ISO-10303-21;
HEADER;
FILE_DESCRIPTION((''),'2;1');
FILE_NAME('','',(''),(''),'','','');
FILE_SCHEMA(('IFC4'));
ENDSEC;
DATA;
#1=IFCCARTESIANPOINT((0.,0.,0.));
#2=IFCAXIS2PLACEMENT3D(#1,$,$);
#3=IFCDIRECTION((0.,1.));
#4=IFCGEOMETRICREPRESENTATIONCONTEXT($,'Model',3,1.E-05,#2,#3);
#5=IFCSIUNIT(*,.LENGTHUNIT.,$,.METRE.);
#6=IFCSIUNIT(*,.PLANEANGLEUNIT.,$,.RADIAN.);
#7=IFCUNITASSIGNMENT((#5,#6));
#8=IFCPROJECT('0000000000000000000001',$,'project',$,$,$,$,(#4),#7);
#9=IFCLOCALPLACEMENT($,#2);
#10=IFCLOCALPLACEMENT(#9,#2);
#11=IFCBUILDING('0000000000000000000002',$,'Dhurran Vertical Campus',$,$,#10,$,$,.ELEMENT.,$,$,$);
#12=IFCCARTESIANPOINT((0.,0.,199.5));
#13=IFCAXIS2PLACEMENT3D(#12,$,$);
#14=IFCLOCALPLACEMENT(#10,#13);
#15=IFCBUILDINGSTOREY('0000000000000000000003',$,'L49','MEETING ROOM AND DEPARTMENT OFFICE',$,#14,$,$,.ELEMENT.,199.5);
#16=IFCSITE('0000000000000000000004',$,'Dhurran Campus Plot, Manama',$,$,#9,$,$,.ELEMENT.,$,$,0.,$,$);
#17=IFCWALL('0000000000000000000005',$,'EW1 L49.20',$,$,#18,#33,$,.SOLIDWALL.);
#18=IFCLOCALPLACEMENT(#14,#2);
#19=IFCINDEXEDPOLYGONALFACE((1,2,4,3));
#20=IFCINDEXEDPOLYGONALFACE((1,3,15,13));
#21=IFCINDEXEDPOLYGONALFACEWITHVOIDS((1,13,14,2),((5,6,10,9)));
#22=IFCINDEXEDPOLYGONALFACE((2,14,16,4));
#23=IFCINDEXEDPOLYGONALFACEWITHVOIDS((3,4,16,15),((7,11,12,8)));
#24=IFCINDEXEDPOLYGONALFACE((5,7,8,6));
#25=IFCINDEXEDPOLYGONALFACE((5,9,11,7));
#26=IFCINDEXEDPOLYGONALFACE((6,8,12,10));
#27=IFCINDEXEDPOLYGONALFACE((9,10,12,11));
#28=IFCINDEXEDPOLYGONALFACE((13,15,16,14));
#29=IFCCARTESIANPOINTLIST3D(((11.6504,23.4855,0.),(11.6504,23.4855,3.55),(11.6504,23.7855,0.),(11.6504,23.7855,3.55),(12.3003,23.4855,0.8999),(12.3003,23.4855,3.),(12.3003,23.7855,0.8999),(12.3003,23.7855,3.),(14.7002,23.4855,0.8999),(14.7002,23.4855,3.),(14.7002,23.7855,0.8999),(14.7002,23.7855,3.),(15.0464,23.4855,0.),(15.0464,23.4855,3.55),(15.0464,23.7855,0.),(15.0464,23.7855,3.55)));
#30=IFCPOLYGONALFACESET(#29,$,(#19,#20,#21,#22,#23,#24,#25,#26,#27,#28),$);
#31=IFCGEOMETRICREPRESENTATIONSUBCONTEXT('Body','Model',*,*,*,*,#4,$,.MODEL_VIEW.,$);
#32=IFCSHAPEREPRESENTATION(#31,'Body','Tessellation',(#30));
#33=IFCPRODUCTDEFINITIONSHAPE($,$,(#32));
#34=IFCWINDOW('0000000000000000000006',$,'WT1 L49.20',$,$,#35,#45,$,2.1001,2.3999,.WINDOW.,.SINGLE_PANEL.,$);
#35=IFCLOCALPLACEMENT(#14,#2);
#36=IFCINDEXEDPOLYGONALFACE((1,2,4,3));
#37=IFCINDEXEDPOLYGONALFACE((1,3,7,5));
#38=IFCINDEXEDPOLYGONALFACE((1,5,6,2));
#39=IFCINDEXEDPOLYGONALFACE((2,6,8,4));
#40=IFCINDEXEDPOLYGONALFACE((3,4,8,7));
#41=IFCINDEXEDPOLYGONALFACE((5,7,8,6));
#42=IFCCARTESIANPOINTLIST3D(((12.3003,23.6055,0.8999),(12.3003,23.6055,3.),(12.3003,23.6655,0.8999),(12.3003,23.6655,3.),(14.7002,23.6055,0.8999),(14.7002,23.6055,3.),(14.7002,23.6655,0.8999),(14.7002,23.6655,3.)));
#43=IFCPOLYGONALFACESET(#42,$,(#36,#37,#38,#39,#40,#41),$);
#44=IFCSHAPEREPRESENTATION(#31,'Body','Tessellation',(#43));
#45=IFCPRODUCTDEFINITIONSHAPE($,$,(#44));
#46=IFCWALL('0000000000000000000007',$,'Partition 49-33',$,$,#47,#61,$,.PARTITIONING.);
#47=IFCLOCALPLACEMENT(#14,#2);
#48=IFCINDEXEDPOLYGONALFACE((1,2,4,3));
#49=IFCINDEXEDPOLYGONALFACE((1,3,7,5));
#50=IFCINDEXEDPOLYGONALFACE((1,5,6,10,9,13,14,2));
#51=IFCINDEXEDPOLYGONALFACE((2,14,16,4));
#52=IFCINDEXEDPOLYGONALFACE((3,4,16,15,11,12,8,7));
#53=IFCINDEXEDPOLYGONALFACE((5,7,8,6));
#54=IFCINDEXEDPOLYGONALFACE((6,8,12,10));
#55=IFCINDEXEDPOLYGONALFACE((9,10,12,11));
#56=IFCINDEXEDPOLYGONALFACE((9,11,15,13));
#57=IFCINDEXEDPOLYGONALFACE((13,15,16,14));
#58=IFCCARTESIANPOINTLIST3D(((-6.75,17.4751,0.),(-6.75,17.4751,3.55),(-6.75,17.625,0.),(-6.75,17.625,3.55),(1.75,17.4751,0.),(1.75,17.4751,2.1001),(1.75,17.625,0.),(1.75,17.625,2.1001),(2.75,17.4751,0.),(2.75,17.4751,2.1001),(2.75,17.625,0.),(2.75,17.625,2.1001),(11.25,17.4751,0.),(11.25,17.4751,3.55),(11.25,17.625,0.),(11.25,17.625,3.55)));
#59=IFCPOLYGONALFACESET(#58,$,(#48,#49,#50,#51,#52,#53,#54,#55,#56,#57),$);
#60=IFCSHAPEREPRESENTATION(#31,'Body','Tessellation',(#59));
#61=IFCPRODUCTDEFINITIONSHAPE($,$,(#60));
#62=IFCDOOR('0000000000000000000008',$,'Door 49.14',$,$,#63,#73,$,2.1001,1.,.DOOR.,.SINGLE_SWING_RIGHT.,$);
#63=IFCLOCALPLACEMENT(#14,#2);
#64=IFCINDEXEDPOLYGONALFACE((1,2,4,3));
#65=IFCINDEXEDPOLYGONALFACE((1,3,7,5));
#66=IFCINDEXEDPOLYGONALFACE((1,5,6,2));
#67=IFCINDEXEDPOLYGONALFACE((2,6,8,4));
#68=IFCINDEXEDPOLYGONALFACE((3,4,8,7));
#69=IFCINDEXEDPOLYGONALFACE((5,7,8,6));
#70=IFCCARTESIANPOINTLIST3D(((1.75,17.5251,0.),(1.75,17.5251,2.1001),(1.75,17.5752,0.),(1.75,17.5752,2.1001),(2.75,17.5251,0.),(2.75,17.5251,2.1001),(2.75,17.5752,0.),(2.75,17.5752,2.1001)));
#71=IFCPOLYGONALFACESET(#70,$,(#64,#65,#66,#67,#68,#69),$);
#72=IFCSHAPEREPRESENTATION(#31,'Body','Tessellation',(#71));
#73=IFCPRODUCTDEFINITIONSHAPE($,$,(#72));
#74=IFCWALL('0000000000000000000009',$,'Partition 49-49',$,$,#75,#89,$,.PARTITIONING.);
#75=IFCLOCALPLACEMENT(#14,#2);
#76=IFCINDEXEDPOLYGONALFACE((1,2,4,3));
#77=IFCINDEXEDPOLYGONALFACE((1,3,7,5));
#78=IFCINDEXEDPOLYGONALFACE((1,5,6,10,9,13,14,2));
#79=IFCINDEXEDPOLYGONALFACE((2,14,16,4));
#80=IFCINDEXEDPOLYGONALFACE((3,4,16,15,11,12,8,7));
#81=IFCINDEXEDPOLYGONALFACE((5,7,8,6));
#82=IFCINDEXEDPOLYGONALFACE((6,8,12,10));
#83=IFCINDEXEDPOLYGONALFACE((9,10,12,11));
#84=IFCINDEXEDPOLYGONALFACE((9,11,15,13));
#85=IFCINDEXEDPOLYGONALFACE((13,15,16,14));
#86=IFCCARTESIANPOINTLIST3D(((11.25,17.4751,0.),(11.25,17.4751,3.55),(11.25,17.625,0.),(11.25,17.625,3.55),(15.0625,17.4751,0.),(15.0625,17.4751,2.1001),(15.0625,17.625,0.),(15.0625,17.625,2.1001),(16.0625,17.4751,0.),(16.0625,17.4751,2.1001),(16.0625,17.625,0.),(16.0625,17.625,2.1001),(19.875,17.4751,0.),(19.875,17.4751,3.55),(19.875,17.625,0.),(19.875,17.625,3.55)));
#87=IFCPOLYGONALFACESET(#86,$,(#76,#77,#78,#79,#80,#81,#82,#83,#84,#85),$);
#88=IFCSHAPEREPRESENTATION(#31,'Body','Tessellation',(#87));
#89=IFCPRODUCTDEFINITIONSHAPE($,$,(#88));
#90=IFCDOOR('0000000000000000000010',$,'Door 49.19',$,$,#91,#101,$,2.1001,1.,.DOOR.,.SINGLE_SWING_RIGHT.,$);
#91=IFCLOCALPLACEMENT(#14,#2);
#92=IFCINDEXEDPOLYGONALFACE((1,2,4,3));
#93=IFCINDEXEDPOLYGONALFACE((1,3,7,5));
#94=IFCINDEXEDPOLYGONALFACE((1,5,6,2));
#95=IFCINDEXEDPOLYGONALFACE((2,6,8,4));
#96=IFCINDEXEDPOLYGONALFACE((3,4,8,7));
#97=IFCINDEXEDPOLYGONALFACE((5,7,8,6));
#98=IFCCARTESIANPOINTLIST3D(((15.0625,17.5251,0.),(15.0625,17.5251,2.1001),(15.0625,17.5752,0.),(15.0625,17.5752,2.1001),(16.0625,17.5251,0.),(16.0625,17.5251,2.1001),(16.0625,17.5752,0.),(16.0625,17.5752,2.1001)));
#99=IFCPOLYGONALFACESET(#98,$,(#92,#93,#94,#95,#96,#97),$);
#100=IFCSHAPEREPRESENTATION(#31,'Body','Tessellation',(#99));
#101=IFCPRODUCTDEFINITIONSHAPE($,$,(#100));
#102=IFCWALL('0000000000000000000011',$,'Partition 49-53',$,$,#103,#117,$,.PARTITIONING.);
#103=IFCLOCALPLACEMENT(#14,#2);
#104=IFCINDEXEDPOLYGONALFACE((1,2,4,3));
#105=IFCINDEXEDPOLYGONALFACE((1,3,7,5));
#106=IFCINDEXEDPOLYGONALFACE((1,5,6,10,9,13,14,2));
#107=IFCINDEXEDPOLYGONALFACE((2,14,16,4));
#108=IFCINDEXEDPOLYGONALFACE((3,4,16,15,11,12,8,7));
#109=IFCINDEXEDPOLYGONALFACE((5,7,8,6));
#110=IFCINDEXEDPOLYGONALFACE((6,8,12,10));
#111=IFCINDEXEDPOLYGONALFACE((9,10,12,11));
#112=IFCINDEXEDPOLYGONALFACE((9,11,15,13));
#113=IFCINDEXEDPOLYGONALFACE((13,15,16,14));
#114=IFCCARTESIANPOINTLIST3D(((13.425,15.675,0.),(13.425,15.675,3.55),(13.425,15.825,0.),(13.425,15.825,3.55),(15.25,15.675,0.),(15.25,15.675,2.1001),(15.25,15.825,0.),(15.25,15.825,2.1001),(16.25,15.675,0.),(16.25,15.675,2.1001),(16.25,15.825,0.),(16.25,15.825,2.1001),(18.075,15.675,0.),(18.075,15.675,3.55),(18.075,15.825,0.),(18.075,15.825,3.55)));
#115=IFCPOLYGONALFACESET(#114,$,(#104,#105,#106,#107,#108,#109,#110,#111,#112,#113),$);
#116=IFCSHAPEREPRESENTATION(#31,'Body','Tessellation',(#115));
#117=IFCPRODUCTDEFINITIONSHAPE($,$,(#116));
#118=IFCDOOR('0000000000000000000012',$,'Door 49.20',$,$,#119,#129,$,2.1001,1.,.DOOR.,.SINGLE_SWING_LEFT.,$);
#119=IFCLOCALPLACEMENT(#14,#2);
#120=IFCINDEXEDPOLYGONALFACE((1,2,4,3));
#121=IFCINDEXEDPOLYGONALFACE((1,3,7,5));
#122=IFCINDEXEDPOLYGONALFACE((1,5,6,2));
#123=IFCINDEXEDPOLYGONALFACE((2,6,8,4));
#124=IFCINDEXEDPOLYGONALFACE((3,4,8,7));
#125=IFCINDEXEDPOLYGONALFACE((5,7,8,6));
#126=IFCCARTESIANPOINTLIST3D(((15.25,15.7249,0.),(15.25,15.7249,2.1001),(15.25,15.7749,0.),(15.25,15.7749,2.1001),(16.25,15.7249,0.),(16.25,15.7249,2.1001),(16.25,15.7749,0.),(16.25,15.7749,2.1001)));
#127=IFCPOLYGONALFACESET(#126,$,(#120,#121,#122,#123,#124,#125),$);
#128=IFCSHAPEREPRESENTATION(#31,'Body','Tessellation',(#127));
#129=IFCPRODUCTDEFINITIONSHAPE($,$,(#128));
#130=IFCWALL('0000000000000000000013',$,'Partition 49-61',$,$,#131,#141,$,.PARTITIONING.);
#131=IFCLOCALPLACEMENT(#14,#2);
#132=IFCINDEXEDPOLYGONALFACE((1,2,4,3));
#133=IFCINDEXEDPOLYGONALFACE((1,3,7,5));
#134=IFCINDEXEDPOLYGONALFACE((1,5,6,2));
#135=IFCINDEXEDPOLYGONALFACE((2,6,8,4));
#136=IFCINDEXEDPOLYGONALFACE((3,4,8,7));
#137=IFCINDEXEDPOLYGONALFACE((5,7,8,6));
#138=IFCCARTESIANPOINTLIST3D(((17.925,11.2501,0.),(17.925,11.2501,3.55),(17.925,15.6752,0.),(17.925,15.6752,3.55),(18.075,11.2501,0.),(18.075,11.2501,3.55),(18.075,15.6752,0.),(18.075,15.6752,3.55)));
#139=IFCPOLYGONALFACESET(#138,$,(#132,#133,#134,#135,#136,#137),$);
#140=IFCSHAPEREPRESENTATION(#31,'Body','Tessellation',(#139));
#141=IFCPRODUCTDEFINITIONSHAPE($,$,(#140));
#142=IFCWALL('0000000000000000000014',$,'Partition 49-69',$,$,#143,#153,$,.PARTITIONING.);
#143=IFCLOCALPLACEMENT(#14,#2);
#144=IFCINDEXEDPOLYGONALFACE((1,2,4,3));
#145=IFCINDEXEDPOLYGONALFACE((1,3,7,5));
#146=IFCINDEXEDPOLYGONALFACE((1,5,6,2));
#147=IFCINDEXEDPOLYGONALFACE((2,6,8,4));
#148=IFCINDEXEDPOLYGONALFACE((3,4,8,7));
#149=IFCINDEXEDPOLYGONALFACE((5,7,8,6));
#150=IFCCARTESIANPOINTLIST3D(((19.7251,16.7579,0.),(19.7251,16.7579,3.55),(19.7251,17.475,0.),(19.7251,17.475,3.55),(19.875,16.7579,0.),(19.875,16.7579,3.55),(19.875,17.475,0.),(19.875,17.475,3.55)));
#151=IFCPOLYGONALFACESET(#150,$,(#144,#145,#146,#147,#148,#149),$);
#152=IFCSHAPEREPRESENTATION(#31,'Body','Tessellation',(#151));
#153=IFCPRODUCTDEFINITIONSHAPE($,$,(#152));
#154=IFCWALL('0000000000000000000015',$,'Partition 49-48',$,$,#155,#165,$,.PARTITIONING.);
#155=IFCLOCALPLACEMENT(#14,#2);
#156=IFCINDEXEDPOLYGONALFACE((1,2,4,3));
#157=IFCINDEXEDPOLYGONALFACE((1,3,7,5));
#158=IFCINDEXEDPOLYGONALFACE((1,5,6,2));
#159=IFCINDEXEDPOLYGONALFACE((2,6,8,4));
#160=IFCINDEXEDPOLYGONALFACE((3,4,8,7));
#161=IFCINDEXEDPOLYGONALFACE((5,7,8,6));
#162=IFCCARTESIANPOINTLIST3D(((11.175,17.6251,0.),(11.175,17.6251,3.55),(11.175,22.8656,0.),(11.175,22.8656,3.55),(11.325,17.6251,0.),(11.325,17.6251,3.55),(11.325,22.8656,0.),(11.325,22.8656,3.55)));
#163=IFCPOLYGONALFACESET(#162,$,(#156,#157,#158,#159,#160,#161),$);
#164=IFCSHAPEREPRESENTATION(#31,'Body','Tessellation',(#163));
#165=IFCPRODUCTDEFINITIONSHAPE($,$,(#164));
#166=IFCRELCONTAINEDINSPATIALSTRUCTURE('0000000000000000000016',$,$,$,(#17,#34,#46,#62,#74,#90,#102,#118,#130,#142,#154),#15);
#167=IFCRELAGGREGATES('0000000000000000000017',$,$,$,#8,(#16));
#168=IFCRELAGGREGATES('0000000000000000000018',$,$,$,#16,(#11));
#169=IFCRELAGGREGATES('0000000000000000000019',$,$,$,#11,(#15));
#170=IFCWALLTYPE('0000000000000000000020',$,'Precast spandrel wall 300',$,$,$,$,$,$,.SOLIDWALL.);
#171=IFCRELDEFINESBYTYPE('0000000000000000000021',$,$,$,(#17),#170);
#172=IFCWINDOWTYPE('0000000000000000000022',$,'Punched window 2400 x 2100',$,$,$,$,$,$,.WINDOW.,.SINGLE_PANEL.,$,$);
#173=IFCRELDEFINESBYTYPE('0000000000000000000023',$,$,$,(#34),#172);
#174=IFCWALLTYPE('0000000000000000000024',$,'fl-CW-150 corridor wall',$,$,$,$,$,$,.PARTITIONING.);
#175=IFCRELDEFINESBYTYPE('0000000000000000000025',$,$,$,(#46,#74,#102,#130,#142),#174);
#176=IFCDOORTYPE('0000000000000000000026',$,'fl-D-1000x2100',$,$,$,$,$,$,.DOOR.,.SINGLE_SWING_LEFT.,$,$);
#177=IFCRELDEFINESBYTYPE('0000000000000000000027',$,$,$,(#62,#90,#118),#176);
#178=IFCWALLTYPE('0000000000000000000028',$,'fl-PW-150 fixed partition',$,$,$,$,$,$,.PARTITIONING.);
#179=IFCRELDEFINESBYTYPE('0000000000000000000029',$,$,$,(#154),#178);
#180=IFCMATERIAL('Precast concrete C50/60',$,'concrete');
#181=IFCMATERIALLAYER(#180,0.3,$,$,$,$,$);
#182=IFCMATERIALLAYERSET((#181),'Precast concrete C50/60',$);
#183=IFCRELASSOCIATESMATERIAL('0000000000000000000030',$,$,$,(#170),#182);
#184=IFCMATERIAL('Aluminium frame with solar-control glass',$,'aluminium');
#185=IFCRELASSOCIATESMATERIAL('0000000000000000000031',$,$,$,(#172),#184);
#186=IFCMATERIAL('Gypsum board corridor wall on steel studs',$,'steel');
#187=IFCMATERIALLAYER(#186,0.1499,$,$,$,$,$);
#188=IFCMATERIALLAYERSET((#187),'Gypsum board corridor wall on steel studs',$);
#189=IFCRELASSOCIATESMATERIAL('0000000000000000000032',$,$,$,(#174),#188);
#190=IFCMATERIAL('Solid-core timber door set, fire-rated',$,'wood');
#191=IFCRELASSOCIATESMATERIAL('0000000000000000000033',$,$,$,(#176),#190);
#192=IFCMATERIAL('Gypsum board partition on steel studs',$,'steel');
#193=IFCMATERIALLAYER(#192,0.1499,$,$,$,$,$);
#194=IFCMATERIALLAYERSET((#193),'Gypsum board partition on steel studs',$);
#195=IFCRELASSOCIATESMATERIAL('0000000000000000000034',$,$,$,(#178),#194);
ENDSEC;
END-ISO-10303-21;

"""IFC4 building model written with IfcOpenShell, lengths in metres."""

from ifc_helpers import new_model, si_unit, direction, frame, frame_2d, origin, place, context, subcontext, project, spatial, rectangle, extrude, material, layer, layer_set, type_object, element, fill, save


model = new_model("IFC4")

# Units and contexts
model_context = context("Model", 3, precision=1e-05, world=origin(), true_north=direction((0.0, 1.0)))
body_context = subcontext(model_context, "Body", "Model", "MODEL_VIEW")
ifc_project = project(units=[si_unit("LENGTHUNIT", "METRE"), si_unit("PLANEANGLEUNIT", "RADIAN")], contexts=[model_context])

# Site, building, storey
site_placement = place(None, origin())
site = spatial("IfcSite", under=ifc_project, at=site_placement, Name="Dhurran Campus Plot, Manama", CompositionType="ELEMENT", RefElevation=0.0)
building_placement = place(site_placement, origin())
building = spatial("IfcBuilding", under=site, at=building_placement, Name="Dhurran Vertical Campus", CompositionType="ELEMENT")
storey_placement = place(building_placement, frame((0.0, 0.0, 199.5)))
storey = spatial("IfcBuildingStorey", under=building, at=storey_placement, Name="L49", Description="MEETING ROOM AND DEPARTMENT OFFICE", CompositionType="ELEMENT", Elevation=199.5)

# Wall, opening, window
ifc_material_1 = material(Name="Precast concrete C50/60", Category="concrete")
ifc_layer_1 = layer(ifc_material_1, 0.3)
ifc_layer_set_1 = layer_set([ifc_layer_1], Name="Precast concrete C50/60")
wall_type_1 = type_object("IfcWallType", Name="Precast spandrel wall 300", PredefinedType="SOLIDWALL", material=ifc_layer_set_1)
ifc_material_2 = material(Name="Aluminium frame with solar-control glass", Category="aluminium")
window_type = type_object("IfcWindowType", Name="Punched window 2400 x 2100", PartitioningType="SINGLE_PANEL", PredefinedType="WINDOW", material=ifc_material_2)
wall_1_placement = place(storey_placement, frame((15.0464, 23.6355, 0.0), z_axis=(0.0, 0.0, 1.0), x_axis=(-1.0, 0.0, 0.0)))
wall_1 = element("IfcWall", 1, at=wall_1_placement, inside=storey, type_object=wall_type_1, Name="EW1 L49.20", PredefinedType="SOLIDWALL", context=body_context, shape_type="SweptSolid", body=[
    extrude(rectangle(XDim=3.396, YDim=0.3, at=frame_2d((1.698, 0.0))), origin(), (0.0, 0.0, 1.0), 3.55),
])
opening_1_placement = place(wall_1_placement, frame((0.3462, 0.0, 0.8999)))
opening_1 = element("IfcOpeningElement", 2, at=opening_1_placement, cuts=wall_1, PredefinedType="OPENING", context=body_context, shape_type="SweptSolid", body=[
    extrude(rectangle(XDim=2.3999, YDim=2.1001, at=frame_2d((1.2, 1.05))), frame((0.0, 0.1599, 0.0), z_axis=(0.0, -1.0, 0.0), x_axis=(1.0, 0.0, 0.0)), (0.0, 0.0, 1.0), 0.3201),
])
window_1_placement = place(opening_1_placement, origin())
window_1 = element("IfcWindow", 3, at=window_1_placement, inside=storey, type_object=window_type, Name="WT1 L49.20", OverallHeight=2.1001, OverallWidth=2.3999, PartitioningType="SINGLE_PANEL", PredefinedType="WINDOW", context=body_context, shape_type="SweptSolid", body=[
    extrude(rectangle(XDim=2.3999, YDim=2.1001, at=frame_2d((1.2, 1.05))), frame((0.0, 0.03, 0.0), z_axis=(0.0, -1.0, 0.0), x_axis=(1.0, 0.0, 0.0)), (0.0, 0.0, 1.0), 0.0601),
])
fill(opening_1, window_1)

# Walls, openings, doors
ifc_material_3 = material(Name="Gypsum board corridor wall on steel studs", Category="steel")
ifc_layer_2 = layer(ifc_material_3, 0.1499)
ifc_layer_set_2 = layer_set([ifc_layer_2], Name="Gypsum board corridor wall on steel studs")
wall_type_2 = type_object("IfcWallType", Name="fl-CW-150 corridor wall", PredefinedType="PARTITIONING", material=ifc_layer_set_2)
wall_2_placement = place(storey_placement, frame((11.25, 17.55, 0.0), z_axis=(0.0, 0.0, 1.0), x_axis=(-1.0, 0.0, 0.0)))
wall_2 = element("IfcWall", 4, at=wall_2_placement, inside=storey, type_object=wall_type_2, Name="Partition 49-33", PredefinedType="PARTITIONING", context=body_context, shape_type="SweptSolid", body=[
    extrude(rectangle(XDim=18.0, YDim=0.1499, at=frame_2d((9.0, 0.0))), origin(), (0.0, 0.0, 1.0), 3.55),
])
opening_2_placement = place(wall_2_placement, frame((8.5, 0.0, 0.0)))
opening_2 = element("IfcOpeningElement", 5, at=opening_2_placement, cuts=wall_2, PredefinedType="OPENING", context=body_context, shape_type="SweptSolid", body=[
    extrude(rectangle(XDim=1.0, YDim=2.1001, at=frame_2d((0.5, 1.05))), frame((0.0, 0.085, 0.0), z_axis=(0.0, -1.0, 0.0), x_axis=(1.0, 0.0, 0.0)), (0.0, 0.0, 1.0), 0.1699),
])
ifc_material_4 = material(Name="Solid-core timber door set, fire-rated", Category="wood")
door_type = type_object("IfcDoorType", Name="fl-D-1000x2100", OperationType="SINGLE_SWING_LEFT", PredefinedType="DOOR", material=ifc_material_4)
door_1_placement = place(opening_2_placement, origin())
door_1 = element("IfcDoor", 6, at=door_1_placement, inside=storey, type_object=door_type, Name="Door 49.14", OperationType="SINGLE_SWING_RIGHT", OverallHeight=2.1001, OverallWidth=1.0, PredefinedType="DOOR", context=body_context, shape_type="SweptSolid", body=[
    extrude(rectangle(XDim=1.0, YDim=2.1001, at=frame_2d((0.5, 1.05))), frame((0.0, 0.0249, 0.0), z_axis=(0.0, -1.0, 0.0), x_axis=(1.0, 0.0, 0.0)), (0.0, 0.0, 1.0), 0.05),
])
fill(opening_2, door_1)
wall_3_placement = place(storey_placement, frame((19.875, 17.55, 0.0), z_axis=(0.0, 0.0, 1.0), x_axis=(-1.0, 0.0, 0.0)))
wall_3 = element("IfcWall", 7, at=wall_3_placement, inside=storey, type_object=wall_type_2, Name="Partition 49-49", PredefinedType="PARTITIONING", context=body_context, shape_type="SweptSolid", body=[
    extrude(rectangle(XDim=8.625, YDim=0.1499, at=frame_2d((4.3125, 0.0))), origin(), (0.0, 0.0, 1.0), 3.55),
])
opening_3_placement = place(wall_3_placement, frame((3.8125, 0.0, 0.0)))
opening_3 = element("IfcOpeningElement", 8, at=opening_3_placement, cuts=wall_3, PredefinedType="OPENING", context=body_context, shape_type="SweptSolid", body=[
    extrude(rectangle(XDim=1.0, YDim=2.1001, at=frame_2d((0.5, 1.05))), frame((0.0, 0.085, 0.0), z_axis=(0.0, -1.0, 0.0), x_axis=(1.0, 0.0, 0.0)), (0.0, 0.0, 1.0), 0.1699),
])
door_2_placement = place(opening_3_placement, origin())
door_2 = element("IfcDoor", 9, at=door_2_placement, inside=storey, type_object=door_type, Name="Door 49.19", OperationType="SINGLE_SWING_RIGHT", OverallHeight=2.1001, OverallWidth=1.0, PredefinedType="DOOR", context=body_context, shape_type="SweptSolid", body=[
    extrude(rectangle(XDim=1.0, YDim=2.1001, at=frame_2d((0.5, 1.05))), frame((0.0, 0.0249, 0.0), z_axis=(0.0, -1.0, 0.0), x_axis=(1.0, 0.0, 0.0)), (0.0, 0.0, 1.0), 0.05),
])
fill(opening_3, door_2)
wall_4_placement = place(storey_placement, frame((13.425, 15.75, 0.0), z_axis=(0.0, 0.0, 1.0), x_axis=(1.0, 0.0, 0.0)))
wall_4 = element("IfcWall", 10, at=wall_4_placement, inside=storey, type_object=wall_type_2, Name="Partition 49-53", PredefinedType="PARTITIONING", context=body_context, shape_type="SweptSolid", body=[
    extrude(rectangle(XDim=4.6499, YDim=0.1499, at=frame_2d((2.325, 0.0))), origin(), (0.0, 0.0, 1.0), 3.55),
])
opening_4_placement = place(wall_4_placement, frame((1.825, 0.0, 0.0)))
opening_4 = element("IfcOpeningElement", 11, at=opening_4_placement, cuts=wall_4, PredefinedType="OPENING", context=body_context, shape_type="SweptSolid", body=[
    extrude(rectangle(XDim=1.0, YDim=2.1001, at=frame_2d((0.5, 1.05))), frame((0.0, 0.085, 0.0), z_axis=(0.0, -1.0, 0.0), x_axis=(1.0, 0.0, 0.0)), (0.0, 0.0, 1.0), 0.1699),
])
door_3_placement = place(opening_4_placement, origin())
door_3 = element("IfcDoor", 12, at=door_3_placement, inside=storey, type_object=door_type, Name="Door 49.20", OperationType="SINGLE_SWING_LEFT", OverallHeight=2.1001, OverallWidth=1.0, PredefinedType="DOOR", context=body_context, shape_type="SweptSolid", body=[
    extrude(rectangle(XDim=1.0, YDim=2.1001, at=frame_2d((0.5, 1.05))), frame((0.0, 0.0249, 0.0), z_axis=(0.0, -1.0, 0.0), x_axis=(1.0, 0.0, 0.0)), (0.0, 0.0, 1.0), 0.05),
])
fill(opening_4, door_3)

# Walls
wall_5_placement = place(storey_placement, frame((18.0, 15.675, 0.0), z_axis=(0.0, 0.0, 1.0), x_axis=(0.0, -1.0, 0.0)))
element("IfcWall", 13, at=wall_5_placement, inside=storey, type_object=wall_type_2, Name="Partition 49-61", PredefinedType="PARTITIONING", context=body_context, shape_type="SweptSolid", body=[
    extrude(rectangle(XDim=4.425, YDim=0.1499, at=frame_2d((2.2124, 0.0))), origin(), (0.0, 0.0, 1.0), 3.55),
])
wall_6_placement = place(storey_placement, frame((19.8, 16.7581, 0.0), z_axis=(0.0, 0.0, 1.0), x_axis=(0.0, 1.0, 0.0)))
element("IfcWall", 14, at=wall_6_placement, inside=storey, type_object=wall_type_2, Name="Partition 49-69", PredefinedType="PARTITIONING", context=body_context, shape_type="SweptSolid", body=[
    extrude(rectangle(XDim=0.717, YDim=0.1499, at=frame_2d((0.3584, 0.0))), origin(), (0.0, 0.0, 1.0), 3.55),
])
ifc_material_5 = material(Name="Gypsum board partition on steel studs", Category="steel")
ifc_layer_3 = layer(ifc_material_5, 0.1499)
ifc_layer_set_3 = layer_set([ifc_layer_3], Name="Gypsum board partition on steel studs")
wall_type_3 = type_object("IfcWallType", Name="fl-PW-150 fixed partition", PredefinedType="PARTITIONING", material=ifc_layer_set_3)
wall_7_placement = place(storey_placement, frame((11.25, 22.8655, 0.0), z_axis=(0.0, 0.0, 1.0), x_axis=(0.0, -1.0, 0.0)))
element("IfcWall", 15, at=wall_7_placement, inside=storey, type_object=wall_type_3, Name="Partition 49-48", PredefinedType="PARTITIONING", context=body_context, shape_type="SweptSolid", body=[
    extrude(rectangle(XDim=5.2405, YDim=0.1499, at=frame_2d((2.6201, 0.0))), origin(), (0.0, 0.0, 1.0), 3.55),
])

save(model, "model.ifc")
